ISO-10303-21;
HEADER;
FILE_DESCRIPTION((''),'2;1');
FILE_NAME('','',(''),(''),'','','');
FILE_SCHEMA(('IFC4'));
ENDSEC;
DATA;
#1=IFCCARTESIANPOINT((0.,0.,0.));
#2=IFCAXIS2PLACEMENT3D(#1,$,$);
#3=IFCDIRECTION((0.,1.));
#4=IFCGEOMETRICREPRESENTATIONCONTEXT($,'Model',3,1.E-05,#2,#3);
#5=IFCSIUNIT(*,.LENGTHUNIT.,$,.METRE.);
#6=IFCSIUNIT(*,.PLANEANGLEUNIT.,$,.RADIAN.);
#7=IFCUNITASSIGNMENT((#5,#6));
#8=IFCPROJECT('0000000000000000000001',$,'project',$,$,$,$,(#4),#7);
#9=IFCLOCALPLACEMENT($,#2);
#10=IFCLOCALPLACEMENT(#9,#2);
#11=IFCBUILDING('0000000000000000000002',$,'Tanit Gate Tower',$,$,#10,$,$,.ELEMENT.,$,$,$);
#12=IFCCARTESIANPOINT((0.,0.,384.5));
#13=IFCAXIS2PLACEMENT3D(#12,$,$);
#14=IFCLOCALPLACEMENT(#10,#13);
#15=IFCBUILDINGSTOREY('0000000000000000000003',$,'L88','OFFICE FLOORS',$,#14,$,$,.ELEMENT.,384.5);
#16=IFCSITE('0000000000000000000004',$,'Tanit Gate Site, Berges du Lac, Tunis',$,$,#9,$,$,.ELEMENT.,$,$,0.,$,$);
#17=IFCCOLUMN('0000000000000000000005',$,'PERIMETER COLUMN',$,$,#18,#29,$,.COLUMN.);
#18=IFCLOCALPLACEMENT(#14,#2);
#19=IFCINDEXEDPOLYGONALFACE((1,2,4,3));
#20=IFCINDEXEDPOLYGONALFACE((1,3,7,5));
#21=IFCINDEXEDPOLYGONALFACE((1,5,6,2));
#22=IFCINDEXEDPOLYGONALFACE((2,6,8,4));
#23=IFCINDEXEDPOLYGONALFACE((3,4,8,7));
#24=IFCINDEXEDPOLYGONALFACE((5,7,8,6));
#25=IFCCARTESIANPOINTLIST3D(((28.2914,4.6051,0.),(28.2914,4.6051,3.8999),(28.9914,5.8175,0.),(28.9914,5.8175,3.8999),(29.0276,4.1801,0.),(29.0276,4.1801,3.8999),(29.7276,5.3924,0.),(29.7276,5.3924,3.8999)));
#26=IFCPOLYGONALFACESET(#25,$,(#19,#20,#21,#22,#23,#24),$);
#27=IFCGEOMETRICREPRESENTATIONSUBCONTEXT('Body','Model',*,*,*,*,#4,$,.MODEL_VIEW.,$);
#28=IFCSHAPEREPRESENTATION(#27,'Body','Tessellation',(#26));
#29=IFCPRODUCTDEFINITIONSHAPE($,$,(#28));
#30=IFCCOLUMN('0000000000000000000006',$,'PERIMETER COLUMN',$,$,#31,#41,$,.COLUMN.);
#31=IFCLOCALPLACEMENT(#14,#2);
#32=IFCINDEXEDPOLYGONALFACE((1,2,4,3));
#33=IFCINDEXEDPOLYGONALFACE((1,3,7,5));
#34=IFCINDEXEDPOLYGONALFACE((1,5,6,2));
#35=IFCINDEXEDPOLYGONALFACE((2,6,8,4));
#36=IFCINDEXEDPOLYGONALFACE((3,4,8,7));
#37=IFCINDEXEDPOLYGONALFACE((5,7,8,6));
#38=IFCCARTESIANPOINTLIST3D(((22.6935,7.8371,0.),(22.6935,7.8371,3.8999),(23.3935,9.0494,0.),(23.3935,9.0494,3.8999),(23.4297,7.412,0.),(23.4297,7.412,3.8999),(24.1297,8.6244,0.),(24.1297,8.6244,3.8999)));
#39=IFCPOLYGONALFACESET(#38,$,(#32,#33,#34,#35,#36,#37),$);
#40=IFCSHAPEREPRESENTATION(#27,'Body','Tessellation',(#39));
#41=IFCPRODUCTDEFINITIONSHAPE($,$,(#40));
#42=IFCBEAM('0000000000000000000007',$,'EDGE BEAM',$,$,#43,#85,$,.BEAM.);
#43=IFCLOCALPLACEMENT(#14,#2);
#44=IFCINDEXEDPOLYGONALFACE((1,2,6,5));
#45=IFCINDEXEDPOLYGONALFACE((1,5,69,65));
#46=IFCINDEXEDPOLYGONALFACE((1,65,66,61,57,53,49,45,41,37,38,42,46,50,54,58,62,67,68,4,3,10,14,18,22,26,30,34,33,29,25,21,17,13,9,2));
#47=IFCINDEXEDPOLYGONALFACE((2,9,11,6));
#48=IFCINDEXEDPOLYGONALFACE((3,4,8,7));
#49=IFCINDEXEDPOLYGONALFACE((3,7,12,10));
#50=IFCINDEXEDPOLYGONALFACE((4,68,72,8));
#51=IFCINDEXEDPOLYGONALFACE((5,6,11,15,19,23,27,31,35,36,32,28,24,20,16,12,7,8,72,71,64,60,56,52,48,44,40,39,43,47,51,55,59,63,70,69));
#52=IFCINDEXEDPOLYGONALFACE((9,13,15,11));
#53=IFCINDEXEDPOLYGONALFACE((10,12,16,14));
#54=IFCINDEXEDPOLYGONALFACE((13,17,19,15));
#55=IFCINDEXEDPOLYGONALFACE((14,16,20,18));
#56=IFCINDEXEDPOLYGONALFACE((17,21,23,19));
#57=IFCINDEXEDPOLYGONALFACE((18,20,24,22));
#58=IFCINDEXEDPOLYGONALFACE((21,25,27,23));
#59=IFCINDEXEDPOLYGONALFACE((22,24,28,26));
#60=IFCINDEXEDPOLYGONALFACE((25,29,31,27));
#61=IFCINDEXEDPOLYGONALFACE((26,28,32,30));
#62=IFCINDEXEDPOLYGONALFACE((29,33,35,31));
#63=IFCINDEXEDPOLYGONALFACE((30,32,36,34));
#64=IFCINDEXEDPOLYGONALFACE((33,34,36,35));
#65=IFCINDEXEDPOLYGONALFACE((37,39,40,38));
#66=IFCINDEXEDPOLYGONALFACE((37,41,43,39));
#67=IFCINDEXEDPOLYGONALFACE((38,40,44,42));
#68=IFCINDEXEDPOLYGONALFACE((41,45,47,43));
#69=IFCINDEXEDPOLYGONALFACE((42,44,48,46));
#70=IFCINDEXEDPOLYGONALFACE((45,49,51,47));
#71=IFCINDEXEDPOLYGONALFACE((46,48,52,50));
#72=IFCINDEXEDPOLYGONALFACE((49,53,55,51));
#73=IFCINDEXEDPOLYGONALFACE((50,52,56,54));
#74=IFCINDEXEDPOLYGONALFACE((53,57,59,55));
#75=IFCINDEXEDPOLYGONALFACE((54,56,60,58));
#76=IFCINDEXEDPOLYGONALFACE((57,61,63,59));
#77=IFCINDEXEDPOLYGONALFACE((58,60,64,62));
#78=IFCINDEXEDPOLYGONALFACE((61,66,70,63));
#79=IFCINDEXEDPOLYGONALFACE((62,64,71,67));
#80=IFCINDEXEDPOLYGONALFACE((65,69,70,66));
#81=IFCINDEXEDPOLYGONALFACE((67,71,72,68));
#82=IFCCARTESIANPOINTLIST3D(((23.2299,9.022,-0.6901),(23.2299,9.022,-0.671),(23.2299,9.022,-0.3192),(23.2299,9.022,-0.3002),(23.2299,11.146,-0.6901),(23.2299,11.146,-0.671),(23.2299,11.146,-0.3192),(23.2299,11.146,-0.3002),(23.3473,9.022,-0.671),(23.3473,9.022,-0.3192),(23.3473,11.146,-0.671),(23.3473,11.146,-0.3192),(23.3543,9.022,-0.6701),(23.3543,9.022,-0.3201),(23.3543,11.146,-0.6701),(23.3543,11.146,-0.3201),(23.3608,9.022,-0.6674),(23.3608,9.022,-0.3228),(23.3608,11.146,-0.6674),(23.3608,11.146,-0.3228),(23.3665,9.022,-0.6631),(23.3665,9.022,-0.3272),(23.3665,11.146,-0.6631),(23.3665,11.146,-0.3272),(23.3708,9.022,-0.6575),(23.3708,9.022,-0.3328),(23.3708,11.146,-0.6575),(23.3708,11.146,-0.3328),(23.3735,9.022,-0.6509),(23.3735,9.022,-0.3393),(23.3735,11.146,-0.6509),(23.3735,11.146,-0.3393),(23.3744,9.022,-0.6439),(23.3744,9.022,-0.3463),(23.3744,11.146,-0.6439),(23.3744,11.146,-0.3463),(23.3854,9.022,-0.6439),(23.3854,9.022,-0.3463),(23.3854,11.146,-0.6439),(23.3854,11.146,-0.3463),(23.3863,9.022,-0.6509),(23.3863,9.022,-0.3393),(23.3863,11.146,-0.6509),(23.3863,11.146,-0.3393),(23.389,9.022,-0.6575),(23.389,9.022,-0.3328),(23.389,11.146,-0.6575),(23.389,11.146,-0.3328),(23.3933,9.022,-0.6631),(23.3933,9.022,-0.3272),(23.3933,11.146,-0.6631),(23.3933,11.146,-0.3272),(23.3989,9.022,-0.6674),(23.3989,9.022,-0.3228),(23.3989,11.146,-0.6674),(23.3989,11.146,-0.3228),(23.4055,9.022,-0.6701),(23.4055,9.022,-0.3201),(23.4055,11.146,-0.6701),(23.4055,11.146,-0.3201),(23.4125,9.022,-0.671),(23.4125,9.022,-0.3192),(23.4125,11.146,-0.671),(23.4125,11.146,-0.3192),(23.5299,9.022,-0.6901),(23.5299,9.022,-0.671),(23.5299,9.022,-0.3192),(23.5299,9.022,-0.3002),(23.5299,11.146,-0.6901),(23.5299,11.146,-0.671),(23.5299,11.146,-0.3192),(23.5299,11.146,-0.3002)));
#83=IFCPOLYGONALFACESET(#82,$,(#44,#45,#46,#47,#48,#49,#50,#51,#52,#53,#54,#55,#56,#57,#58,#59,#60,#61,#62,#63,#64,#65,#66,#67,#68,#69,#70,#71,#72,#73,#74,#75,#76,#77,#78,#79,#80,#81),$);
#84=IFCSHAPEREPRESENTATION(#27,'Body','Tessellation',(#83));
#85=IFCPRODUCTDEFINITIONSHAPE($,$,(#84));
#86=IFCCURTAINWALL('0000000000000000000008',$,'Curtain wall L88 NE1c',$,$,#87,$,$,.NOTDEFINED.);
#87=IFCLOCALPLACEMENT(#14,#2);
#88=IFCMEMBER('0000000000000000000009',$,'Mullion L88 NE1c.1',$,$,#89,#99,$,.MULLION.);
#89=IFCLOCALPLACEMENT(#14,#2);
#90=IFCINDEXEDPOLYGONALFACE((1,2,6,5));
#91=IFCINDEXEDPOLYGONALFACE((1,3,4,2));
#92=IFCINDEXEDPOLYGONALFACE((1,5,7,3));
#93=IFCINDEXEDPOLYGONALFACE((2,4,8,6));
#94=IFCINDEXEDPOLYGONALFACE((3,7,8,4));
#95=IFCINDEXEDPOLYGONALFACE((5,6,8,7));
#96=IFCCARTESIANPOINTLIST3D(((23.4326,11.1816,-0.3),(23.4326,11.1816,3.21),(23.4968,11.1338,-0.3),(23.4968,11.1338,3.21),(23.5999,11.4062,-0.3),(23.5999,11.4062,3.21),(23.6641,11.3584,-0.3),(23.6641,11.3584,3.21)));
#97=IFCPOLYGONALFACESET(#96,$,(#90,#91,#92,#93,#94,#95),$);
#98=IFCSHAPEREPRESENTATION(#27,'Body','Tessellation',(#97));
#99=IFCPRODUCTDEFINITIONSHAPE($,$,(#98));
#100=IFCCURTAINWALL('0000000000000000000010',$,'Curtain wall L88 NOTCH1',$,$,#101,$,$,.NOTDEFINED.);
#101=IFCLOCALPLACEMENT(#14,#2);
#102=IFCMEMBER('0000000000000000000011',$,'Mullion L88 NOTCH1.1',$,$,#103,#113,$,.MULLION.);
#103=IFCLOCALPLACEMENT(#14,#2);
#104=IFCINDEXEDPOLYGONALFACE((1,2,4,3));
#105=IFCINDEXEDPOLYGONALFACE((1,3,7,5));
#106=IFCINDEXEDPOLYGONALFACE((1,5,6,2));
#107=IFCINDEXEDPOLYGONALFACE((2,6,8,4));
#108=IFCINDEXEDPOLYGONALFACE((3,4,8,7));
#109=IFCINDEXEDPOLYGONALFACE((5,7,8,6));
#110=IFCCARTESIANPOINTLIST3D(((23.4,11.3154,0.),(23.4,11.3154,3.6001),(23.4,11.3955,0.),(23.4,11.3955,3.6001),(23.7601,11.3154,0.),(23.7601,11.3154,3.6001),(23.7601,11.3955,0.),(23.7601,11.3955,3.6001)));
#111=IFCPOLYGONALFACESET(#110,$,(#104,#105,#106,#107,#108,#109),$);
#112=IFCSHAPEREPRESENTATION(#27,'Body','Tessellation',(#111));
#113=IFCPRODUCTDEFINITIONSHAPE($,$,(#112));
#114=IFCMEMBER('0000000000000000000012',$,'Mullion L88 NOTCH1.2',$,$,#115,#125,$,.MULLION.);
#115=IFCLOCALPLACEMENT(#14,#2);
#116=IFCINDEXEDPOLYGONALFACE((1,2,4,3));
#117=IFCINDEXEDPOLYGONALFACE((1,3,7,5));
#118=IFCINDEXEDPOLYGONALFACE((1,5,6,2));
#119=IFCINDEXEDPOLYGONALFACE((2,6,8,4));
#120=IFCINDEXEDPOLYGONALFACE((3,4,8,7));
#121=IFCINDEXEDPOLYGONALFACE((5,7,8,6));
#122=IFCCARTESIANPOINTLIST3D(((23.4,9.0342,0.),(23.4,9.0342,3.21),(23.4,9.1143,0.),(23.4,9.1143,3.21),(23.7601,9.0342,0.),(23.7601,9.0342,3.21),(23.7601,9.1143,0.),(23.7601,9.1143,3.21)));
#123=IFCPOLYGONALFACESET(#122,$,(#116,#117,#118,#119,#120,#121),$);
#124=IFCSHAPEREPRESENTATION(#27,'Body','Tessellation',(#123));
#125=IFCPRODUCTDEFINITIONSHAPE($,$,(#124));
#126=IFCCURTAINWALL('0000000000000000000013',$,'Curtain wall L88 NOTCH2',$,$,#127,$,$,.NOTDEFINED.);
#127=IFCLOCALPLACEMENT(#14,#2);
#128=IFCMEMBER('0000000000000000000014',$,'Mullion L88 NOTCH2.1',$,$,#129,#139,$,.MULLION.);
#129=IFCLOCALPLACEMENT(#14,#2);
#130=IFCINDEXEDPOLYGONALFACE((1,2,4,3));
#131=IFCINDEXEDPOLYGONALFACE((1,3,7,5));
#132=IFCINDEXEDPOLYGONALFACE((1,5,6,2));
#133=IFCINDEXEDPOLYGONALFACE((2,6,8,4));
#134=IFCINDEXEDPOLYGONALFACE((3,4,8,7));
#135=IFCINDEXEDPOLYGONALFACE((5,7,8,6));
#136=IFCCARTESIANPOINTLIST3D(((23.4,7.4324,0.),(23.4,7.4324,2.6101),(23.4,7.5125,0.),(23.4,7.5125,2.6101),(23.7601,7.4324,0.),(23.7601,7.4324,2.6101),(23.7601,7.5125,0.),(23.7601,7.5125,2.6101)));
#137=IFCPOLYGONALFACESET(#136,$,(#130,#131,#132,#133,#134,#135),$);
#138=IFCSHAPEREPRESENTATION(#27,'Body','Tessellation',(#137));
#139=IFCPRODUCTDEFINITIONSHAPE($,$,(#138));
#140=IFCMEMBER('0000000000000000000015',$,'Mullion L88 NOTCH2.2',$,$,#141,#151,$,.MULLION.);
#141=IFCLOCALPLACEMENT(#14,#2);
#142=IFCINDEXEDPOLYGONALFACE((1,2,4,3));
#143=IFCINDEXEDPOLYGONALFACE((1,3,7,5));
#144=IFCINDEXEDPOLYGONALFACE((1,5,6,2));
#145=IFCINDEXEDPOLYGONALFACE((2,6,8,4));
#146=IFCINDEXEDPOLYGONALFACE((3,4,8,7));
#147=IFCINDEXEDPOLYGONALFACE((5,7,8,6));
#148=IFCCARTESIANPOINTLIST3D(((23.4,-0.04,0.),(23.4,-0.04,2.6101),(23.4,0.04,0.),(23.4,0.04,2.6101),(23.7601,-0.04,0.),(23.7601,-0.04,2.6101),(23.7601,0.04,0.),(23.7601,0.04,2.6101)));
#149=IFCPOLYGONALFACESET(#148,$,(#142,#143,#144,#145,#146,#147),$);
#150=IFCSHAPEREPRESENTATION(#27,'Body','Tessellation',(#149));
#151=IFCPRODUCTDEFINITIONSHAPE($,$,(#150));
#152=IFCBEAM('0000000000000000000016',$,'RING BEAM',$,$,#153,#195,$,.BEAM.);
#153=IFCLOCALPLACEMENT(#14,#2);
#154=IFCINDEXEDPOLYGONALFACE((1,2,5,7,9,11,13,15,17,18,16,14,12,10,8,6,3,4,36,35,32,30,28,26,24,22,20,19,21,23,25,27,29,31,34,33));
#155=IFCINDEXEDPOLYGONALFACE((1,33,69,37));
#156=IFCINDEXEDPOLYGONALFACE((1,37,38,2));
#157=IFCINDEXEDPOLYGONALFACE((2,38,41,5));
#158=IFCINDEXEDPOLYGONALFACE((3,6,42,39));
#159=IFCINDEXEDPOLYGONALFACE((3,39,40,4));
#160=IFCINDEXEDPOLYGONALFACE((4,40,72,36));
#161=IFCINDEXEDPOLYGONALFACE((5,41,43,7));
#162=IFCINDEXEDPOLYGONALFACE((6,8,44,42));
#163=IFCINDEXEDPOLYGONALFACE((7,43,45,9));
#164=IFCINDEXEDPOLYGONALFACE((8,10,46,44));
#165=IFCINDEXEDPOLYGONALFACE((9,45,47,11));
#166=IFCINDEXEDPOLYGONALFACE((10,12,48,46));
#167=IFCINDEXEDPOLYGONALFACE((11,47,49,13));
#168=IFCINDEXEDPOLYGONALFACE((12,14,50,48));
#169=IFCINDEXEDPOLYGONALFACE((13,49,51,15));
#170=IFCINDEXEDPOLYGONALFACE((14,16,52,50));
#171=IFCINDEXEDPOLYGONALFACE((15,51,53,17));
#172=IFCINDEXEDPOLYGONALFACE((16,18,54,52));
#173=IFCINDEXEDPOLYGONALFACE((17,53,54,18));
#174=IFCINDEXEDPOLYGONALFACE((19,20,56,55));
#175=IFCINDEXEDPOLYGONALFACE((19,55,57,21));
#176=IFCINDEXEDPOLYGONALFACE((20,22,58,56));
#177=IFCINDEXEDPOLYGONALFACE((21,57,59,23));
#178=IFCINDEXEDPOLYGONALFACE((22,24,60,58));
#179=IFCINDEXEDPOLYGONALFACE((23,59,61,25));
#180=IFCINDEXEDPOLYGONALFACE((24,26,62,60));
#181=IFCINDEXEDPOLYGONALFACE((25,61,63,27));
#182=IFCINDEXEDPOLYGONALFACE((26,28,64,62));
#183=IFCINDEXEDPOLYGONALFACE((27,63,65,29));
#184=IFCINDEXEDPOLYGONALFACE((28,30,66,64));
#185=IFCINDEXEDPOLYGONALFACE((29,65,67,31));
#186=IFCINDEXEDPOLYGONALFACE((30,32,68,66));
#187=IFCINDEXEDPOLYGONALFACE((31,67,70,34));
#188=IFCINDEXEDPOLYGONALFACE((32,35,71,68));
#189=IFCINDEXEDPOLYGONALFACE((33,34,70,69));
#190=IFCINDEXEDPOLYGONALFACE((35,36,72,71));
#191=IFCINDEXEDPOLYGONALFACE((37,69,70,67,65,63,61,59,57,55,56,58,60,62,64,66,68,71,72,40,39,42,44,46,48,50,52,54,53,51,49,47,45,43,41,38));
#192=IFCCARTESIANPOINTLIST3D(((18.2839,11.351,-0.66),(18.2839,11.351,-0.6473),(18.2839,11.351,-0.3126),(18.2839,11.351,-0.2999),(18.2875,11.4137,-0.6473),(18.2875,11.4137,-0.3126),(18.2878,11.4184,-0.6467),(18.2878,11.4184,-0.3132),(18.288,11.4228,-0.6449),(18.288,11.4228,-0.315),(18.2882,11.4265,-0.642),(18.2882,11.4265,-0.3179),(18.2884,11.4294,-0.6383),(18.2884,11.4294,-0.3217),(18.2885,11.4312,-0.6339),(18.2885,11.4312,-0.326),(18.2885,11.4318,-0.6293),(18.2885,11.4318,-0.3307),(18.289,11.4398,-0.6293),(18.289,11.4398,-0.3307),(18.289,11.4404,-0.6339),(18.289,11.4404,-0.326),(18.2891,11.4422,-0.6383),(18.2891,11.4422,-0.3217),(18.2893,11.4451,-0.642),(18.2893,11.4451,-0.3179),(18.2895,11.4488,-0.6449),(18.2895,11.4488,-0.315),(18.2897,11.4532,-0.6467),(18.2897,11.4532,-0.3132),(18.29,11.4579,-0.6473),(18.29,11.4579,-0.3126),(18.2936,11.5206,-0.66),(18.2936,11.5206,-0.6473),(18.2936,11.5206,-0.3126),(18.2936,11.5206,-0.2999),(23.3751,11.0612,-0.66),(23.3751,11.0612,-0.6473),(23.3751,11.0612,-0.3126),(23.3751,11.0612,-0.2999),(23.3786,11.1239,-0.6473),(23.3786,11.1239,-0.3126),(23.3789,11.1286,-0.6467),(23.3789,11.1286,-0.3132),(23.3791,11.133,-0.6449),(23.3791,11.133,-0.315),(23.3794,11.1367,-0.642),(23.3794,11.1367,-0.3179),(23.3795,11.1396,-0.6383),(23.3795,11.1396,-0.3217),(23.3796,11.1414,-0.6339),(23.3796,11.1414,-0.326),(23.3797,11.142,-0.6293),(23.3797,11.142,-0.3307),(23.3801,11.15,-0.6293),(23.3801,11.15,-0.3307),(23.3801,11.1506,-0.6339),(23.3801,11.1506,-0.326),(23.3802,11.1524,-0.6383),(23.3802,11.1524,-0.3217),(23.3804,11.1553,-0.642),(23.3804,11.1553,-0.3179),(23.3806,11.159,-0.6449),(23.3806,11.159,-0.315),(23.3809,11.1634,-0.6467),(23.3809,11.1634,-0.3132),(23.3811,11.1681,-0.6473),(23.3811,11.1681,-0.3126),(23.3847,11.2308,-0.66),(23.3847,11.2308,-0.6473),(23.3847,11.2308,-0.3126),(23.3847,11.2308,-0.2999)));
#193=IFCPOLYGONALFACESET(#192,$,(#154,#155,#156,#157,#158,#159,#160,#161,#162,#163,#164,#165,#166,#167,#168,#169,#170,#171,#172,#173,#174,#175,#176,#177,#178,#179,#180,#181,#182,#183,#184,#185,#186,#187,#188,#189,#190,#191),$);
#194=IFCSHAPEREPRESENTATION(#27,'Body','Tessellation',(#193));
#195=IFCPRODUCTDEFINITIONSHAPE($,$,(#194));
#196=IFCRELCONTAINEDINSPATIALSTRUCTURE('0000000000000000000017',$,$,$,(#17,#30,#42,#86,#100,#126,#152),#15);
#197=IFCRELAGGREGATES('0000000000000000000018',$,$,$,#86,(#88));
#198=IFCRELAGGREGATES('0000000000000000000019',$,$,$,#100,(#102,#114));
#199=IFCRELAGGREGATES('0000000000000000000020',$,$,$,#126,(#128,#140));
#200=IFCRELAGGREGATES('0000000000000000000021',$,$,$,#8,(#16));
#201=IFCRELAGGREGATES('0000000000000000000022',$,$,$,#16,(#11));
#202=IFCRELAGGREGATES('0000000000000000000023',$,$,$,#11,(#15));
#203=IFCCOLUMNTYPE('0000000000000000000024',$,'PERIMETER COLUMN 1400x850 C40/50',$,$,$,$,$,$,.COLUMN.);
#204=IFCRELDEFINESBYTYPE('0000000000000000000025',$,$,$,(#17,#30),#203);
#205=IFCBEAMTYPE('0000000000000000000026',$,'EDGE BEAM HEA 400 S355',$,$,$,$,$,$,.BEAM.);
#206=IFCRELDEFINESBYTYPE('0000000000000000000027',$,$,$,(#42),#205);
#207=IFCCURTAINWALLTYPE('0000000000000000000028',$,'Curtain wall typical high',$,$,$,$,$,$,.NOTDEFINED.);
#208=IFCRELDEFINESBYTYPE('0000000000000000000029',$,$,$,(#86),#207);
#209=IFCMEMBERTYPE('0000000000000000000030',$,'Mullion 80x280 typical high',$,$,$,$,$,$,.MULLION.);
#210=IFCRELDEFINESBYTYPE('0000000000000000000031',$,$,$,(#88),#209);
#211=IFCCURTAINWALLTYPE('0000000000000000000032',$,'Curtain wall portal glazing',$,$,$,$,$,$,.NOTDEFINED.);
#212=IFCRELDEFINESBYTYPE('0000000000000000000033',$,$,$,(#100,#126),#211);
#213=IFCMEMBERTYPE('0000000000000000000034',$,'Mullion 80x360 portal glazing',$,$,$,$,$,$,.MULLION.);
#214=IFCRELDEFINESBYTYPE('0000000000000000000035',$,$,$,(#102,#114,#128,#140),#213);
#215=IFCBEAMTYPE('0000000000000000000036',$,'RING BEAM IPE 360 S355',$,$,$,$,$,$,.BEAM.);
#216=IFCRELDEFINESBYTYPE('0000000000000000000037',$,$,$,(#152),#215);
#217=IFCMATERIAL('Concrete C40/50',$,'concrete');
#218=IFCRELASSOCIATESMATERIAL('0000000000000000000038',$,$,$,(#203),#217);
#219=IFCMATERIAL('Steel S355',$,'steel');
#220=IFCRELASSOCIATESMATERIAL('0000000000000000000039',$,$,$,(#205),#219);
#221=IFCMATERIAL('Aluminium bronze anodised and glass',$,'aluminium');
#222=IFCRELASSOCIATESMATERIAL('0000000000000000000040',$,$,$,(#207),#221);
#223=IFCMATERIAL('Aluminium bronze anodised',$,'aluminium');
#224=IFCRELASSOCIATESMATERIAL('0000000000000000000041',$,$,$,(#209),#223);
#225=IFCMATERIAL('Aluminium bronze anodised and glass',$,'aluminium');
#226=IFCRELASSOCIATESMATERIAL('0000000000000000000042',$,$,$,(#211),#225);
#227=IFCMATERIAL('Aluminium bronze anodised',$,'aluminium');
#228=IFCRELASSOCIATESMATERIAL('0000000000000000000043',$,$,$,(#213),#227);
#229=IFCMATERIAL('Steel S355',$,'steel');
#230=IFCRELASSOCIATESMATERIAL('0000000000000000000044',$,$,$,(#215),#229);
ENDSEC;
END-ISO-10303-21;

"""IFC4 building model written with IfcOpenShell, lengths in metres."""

from ifc_helpers import new_model, si_unit, direction, frame, origin, origin_2d, place, context, subcontext, project, spatial, rectangle, i_section, extrude, material, material_profile, profile_set, type_object, element, aggregate, save


model = new_model("IFC4")

# Units and contexts
model_context = context("Model", 3, precision=1e-05, world=origin(), true_north=direction((0.0, 1.0)))
body_context = subcontext(model_context, "Body", "Model", "MODEL_VIEW")
ifc_project = project(units=[si_unit("LENGTHUNIT", "METRE"), si_unit("PLANEANGLEUNIT", "RADIAN")], contexts=[model_context])

# Site, building, storey
site_placement = place(None, origin())
site = spatial("IfcSite", under=ifc_project, at=site_placement, Name="Tanit Gate Site, Berges du Lac, Tunis", CompositionType="ELEMENT", RefElevation=0.0)
building_placement = place(site_placement, origin())
building = spatial("IfcBuilding", under=site, at=building_placement, Name="Tanit Gate Tower", CompositionType="ELEMENT")
storey_placement = place(building_placement, frame((0.0, 0.0, 384.5)))
storey = spatial("IfcBuildingStorey", under=building, at=storey_placement, Name="L88", Description="OFFICE FLOORS", CompositionType="ELEMENT", Elevation=384.5)

# Columns
ifc_material_1 = material(Name="Concrete C40/50", Category="concrete")
ifc_material_profile_1 = material_profile(ifc_material_1, rectangle(XDim=1.3999, YDim=0.8501, at=origin_2d()), Name="RC 1400x850")
ifc_profile_set_1 = profile_set([ifc_material_profile_1], Name="Concrete C40/50")
column_type = type_object("IfcColumnType", Name="PERIMETER COLUMN 1400x850 C40/50", PredefinedType="COLUMN", material=ifc_profile_set_1)
for number, where, z_axis, x_axis, name in (
    (1, (29.0095, 4.9988, 0.0), (0.0, 0.0, 1.0), (0.5, 0.866025, 0.0), "PERIMETER COLUMN"),
    (2, (23.4116, 8.2307, 0.0), (0.0, 0.0, 1.0), (0.5, 0.866025, 0.0), "PERIMETER COLUMN"),
):
    element("IfcColumn", number, at=place(storey_placement, frame(where, z_axis=z_axis, x_axis=x_axis)), inside=storey, type_object=column_type, Name=name, PredefinedType="COLUMN", context=body_context, shape_type="SweptSolid", body=[
        extrude(rectangle(XDim=1.3999, YDim=0.8501, at=origin_2d()), origin(), (0.0, 0.0, 1.0), 3.8999),
    ])

# Beam
ifc_material_2 = material(Name="Steel S355", Category="steel")
ifc_material_profile_2 = material_profile(ifc_material_2, i_section(OverallWidth=0.3, OverallDepth=0.3899, WebThickness=0.011, FlangeThickness=0.019, FilletRadius=0.0271, at=origin_2d()), Name="HEA 400")
ifc_profile_set_2 = profile_set([ifc_material_profile_2], Name="Steel S355")
beam_type_1 = type_object("IfcBeamType", Name="EDGE BEAM HEA 400 S355", PredefinedType="BEAM", material=ifc_profile_set_2)
beam_1_placement = place(storey_placement, frame((23.3799, 11.146, -0.4951), z_axis=(0.0, -1.0, 0.0), x_axis=(1.0, 0.0, 0.0)))
element("IfcBeam", 3, at=beam_1_placement, inside=storey, type_object=beam_type_1, Name="EDGE BEAM", PredefinedType="BEAM", context=body_context, shape_type="SweptSolid", body=[
    extrude(i_section(OverallWidth=0.3, OverallDepth=0.3899, WebThickness=0.011, FlangeThickness=0.019, FilletRadius=0.0271, at=origin_2d()), origin(), (0.0, 0.0, 1.0), 2.124),
])

# Curtain wall, member
ifc_material_3 = material(Name="Aluminium bronze anodised and glass", Category="aluminium")
curtain_wall_type_1 = type_object("IfcCurtainWallType", Name="Curtain wall typical high", PredefinedType="NOTDEFINED", material=ifc_material_3)
curtain_wall_1_placement = place(storey_placement, origin())
curtain_wall_1 = element("IfcCurtainWall", 4, at=curtain_wall_1_placement, inside=storey, type_object=curtain_wall_type_1, Name="Curtain wall L88 NE1c", PredefinedType="NOTDEFINED")
ifc_material_4 = material(Name="Aluminium bronze anodised", Category="aluminium")
ifc_material_profile_3 = material_profile(ifc_material_4, rectangle(XDim=0.28, YDim=0.0801, at=origin_2d()), Name="80x280 bronze mullion")
ifc_profile_set_3 = profile_set([ifc_material_profile_3], Name="Aluminium bronze anodised")
member_type_1 = type_object("IfcMemberType", Name="Mullion 80x280 typical high", PredefinedType="MULLION", material=ifc_profile_set_3)
member_1_placement = place(storey_placement, frame((23.5483, 11.27, -0.3), z_axis=(0.0, 0.0, 1.0), x_axis=(-0.597341, -0.801988, 0.0)))
member_1 = element("IfcMember", 5, at=member_1_placement, type_object=member_type_1, Name="Mullion L88 NE1c.1", PredefinedType="MULLION", context=body_context, shape_type="SweptSolid", body=[
    extrude(rectangle(XDim=0.28, YDim=0.0801, at=origin_2d()), origin(), (0.0, 0.0, 1.0), 3.51),
])

# Curtain walls, members
ifc_material_5 = material(Name="Aluminium bronze anodised and glass", Category="aluminium")
curtain_wall_type_2 = type_object("IfcCurtainWallType", Name="Curtain wall portal glazing", PredefinedType="NOTDEFINED", material=ifc_material_5)
curtain_wall_2_placement = place(storey_placement, origin())
curtain_wall_2 = element("IfcCurtainWall", 6, at=curtain_wall_2_placement, inside=storey, type_object=curtain_wall_type_2, Name="Curtain wall L88 NOTCH1", PredefinedType="NOTDEFINED")
ifc_material_6 = material(Name="Aluminium bronze anodised", Category="aluminium")
ifc_material_profile_4 = material_profile(ifc_material_6, rectangle(XDim=0.3601, YDim=0.0801, at=origin_2d()), Name="80x360 bronze mullion")
ifc_profile_set_4 = profile_set([ifc_material_profile_4], Name="Aluminium bronze anodised")
member_type_2 = type_object("IfcMemberType", Name="Mullion 80x360 portal glazing", PredefinedType="MULLION", material=ifc_profile_set_4)
member_2_placement = place(storey_placement, frame((23.5801, 11.3555, 0.0), z_axis=(0.0, 0.0, 1.0), x_axis=(1.0, 0.0, 0.0)))
member_2 = element("IfcMember", 7, at=member_2_placement, type_object=member_type_2, Name="Mullion L88 NOTCH1.1", PredefinedType="MULLION", context=body_context, shape_type="SweptSolid", body=[
    extrude(rectangle(XDim=0.3601, YDim=0.0801, at=origin_2d()), origin(), (0.0, 0.0, 1.0), 3.6001),
])
member_3_placement = place(storey_placement, frame((23.5801, 9.0742, 0.0), z_axis=(0.0, 0.0, 1.0), x_axis=(1.0, 0.0, 0.0)))
member_3 = element("IfcMember", 8, at=member_3_placement, type_object=member_type_2, Name="Mullion L88 NOTCH1.2", PredefinedType="MULLION", context=body_context, shape_type="SweptSolid", body=[
    extrude(rectangle(XDim=0.3601, YDim=0.0801, at=origin_2d()), origin(), (0.0, 0.0, 1.0), 3.21),
])
curtain_wall_3_placement = place(storey_placement, origin())
curtain_wall_3 = element("IfcCurtainWall", 9, at=curtain_wall_3_placement, inside=storey, type_object=curtain_wall_type_2, Name="Curtain wall L88 NOTCH2", PredefinedType="NOTDEFINED")
member_4_placement = place(storey_placement, frame((23.5801, 7.4724, 0.0), z_axis=(0.0, 0.0, 1.0), x_axis=(1.0, 0.0, 0.0)))
member_4 = element("IfcMember", 10, at=member_4_placement, type_object=member_type_2, Name="Mullion L88 NOTCH2.1", PredefinedType="MULLION", context=body_context, shape_type="SweptSolid", body=[
    extrude(rectangle(XDim=0.3601, YDim=0.0801, at=origin_2d()), origin(), (0.0, 0.0, 1.0), 2.6101),
])
member_5_placement = place(storey_placement, frame((23.5801, 0.0, 0.0), z_axis=(0.0, 0.0, 1.0), x_axis=(1.0, 0.0, 0.0)))
member_5 = element("IfcMember", 11, at=member_5_placement, type_object=member_type_2, Name="Mullion L88 NOTCH2.2", PredefinedType="MULLION", context=body_context, shape_type="SweptSolid", body=[
    extrude(rectangle(XDim=0.3601, YDim=0.0801, at=origin_2d()), origin(), (0.0, 0.0, 1.0), 2.6101),
])

# Beam
ifc_material_7 = material(Name="Steel S355", Category="steel")
ifc_material_profile_5 = material_profile(ifc_material_7, i_section(OverallWidth=0.1699, OverallDepth=0.3601, WebThickness=0.0081, FlangeThickness=0.0127, FilletRadius=0.0181, at=origin_2d()), Name="IPE 360")
ifc_profile_set_5 = profile_set([ifc_material_profile_5], Name="Steel S355")
beam_type_2 = type_object("IfcBeamType", Name="RING BEAM IPE 360 S355", PredefinedType="BEAM", material=ifc_profile_set_5)
beam_2_placement = place(storey_placement, frame((23.3799, 11.146, -0.48), z_axis=(-0.998384, 0.05683, 0.0), x_axis=(-0.05683, -0.998384, 0.0)))
element("IfcBeam", 12, at=beam_2_placement, inside=storey, type_object=beam_type_2, Name="RING BEAM", PredefinedType="BEAM", context=body_context, shape_type="SweptSolid", body=[
    extrude(i_section(OverallWidth=0.1699, OverallDepth=0.3601, WebThickness=0.0081, FlangeThickness=0.0127, FilletRadius=0.0181, at=origin_2d()), origin(), (0.0, 0.0, 1.0), 5.0994),
])

aggregate(curtain_wall_1, [member_1])

aggregate(curtain_wall_2, [member_2, member_3])
aggregate(curtain_wall_3, [member_4, member_5])

save(model, "model.ifc")
